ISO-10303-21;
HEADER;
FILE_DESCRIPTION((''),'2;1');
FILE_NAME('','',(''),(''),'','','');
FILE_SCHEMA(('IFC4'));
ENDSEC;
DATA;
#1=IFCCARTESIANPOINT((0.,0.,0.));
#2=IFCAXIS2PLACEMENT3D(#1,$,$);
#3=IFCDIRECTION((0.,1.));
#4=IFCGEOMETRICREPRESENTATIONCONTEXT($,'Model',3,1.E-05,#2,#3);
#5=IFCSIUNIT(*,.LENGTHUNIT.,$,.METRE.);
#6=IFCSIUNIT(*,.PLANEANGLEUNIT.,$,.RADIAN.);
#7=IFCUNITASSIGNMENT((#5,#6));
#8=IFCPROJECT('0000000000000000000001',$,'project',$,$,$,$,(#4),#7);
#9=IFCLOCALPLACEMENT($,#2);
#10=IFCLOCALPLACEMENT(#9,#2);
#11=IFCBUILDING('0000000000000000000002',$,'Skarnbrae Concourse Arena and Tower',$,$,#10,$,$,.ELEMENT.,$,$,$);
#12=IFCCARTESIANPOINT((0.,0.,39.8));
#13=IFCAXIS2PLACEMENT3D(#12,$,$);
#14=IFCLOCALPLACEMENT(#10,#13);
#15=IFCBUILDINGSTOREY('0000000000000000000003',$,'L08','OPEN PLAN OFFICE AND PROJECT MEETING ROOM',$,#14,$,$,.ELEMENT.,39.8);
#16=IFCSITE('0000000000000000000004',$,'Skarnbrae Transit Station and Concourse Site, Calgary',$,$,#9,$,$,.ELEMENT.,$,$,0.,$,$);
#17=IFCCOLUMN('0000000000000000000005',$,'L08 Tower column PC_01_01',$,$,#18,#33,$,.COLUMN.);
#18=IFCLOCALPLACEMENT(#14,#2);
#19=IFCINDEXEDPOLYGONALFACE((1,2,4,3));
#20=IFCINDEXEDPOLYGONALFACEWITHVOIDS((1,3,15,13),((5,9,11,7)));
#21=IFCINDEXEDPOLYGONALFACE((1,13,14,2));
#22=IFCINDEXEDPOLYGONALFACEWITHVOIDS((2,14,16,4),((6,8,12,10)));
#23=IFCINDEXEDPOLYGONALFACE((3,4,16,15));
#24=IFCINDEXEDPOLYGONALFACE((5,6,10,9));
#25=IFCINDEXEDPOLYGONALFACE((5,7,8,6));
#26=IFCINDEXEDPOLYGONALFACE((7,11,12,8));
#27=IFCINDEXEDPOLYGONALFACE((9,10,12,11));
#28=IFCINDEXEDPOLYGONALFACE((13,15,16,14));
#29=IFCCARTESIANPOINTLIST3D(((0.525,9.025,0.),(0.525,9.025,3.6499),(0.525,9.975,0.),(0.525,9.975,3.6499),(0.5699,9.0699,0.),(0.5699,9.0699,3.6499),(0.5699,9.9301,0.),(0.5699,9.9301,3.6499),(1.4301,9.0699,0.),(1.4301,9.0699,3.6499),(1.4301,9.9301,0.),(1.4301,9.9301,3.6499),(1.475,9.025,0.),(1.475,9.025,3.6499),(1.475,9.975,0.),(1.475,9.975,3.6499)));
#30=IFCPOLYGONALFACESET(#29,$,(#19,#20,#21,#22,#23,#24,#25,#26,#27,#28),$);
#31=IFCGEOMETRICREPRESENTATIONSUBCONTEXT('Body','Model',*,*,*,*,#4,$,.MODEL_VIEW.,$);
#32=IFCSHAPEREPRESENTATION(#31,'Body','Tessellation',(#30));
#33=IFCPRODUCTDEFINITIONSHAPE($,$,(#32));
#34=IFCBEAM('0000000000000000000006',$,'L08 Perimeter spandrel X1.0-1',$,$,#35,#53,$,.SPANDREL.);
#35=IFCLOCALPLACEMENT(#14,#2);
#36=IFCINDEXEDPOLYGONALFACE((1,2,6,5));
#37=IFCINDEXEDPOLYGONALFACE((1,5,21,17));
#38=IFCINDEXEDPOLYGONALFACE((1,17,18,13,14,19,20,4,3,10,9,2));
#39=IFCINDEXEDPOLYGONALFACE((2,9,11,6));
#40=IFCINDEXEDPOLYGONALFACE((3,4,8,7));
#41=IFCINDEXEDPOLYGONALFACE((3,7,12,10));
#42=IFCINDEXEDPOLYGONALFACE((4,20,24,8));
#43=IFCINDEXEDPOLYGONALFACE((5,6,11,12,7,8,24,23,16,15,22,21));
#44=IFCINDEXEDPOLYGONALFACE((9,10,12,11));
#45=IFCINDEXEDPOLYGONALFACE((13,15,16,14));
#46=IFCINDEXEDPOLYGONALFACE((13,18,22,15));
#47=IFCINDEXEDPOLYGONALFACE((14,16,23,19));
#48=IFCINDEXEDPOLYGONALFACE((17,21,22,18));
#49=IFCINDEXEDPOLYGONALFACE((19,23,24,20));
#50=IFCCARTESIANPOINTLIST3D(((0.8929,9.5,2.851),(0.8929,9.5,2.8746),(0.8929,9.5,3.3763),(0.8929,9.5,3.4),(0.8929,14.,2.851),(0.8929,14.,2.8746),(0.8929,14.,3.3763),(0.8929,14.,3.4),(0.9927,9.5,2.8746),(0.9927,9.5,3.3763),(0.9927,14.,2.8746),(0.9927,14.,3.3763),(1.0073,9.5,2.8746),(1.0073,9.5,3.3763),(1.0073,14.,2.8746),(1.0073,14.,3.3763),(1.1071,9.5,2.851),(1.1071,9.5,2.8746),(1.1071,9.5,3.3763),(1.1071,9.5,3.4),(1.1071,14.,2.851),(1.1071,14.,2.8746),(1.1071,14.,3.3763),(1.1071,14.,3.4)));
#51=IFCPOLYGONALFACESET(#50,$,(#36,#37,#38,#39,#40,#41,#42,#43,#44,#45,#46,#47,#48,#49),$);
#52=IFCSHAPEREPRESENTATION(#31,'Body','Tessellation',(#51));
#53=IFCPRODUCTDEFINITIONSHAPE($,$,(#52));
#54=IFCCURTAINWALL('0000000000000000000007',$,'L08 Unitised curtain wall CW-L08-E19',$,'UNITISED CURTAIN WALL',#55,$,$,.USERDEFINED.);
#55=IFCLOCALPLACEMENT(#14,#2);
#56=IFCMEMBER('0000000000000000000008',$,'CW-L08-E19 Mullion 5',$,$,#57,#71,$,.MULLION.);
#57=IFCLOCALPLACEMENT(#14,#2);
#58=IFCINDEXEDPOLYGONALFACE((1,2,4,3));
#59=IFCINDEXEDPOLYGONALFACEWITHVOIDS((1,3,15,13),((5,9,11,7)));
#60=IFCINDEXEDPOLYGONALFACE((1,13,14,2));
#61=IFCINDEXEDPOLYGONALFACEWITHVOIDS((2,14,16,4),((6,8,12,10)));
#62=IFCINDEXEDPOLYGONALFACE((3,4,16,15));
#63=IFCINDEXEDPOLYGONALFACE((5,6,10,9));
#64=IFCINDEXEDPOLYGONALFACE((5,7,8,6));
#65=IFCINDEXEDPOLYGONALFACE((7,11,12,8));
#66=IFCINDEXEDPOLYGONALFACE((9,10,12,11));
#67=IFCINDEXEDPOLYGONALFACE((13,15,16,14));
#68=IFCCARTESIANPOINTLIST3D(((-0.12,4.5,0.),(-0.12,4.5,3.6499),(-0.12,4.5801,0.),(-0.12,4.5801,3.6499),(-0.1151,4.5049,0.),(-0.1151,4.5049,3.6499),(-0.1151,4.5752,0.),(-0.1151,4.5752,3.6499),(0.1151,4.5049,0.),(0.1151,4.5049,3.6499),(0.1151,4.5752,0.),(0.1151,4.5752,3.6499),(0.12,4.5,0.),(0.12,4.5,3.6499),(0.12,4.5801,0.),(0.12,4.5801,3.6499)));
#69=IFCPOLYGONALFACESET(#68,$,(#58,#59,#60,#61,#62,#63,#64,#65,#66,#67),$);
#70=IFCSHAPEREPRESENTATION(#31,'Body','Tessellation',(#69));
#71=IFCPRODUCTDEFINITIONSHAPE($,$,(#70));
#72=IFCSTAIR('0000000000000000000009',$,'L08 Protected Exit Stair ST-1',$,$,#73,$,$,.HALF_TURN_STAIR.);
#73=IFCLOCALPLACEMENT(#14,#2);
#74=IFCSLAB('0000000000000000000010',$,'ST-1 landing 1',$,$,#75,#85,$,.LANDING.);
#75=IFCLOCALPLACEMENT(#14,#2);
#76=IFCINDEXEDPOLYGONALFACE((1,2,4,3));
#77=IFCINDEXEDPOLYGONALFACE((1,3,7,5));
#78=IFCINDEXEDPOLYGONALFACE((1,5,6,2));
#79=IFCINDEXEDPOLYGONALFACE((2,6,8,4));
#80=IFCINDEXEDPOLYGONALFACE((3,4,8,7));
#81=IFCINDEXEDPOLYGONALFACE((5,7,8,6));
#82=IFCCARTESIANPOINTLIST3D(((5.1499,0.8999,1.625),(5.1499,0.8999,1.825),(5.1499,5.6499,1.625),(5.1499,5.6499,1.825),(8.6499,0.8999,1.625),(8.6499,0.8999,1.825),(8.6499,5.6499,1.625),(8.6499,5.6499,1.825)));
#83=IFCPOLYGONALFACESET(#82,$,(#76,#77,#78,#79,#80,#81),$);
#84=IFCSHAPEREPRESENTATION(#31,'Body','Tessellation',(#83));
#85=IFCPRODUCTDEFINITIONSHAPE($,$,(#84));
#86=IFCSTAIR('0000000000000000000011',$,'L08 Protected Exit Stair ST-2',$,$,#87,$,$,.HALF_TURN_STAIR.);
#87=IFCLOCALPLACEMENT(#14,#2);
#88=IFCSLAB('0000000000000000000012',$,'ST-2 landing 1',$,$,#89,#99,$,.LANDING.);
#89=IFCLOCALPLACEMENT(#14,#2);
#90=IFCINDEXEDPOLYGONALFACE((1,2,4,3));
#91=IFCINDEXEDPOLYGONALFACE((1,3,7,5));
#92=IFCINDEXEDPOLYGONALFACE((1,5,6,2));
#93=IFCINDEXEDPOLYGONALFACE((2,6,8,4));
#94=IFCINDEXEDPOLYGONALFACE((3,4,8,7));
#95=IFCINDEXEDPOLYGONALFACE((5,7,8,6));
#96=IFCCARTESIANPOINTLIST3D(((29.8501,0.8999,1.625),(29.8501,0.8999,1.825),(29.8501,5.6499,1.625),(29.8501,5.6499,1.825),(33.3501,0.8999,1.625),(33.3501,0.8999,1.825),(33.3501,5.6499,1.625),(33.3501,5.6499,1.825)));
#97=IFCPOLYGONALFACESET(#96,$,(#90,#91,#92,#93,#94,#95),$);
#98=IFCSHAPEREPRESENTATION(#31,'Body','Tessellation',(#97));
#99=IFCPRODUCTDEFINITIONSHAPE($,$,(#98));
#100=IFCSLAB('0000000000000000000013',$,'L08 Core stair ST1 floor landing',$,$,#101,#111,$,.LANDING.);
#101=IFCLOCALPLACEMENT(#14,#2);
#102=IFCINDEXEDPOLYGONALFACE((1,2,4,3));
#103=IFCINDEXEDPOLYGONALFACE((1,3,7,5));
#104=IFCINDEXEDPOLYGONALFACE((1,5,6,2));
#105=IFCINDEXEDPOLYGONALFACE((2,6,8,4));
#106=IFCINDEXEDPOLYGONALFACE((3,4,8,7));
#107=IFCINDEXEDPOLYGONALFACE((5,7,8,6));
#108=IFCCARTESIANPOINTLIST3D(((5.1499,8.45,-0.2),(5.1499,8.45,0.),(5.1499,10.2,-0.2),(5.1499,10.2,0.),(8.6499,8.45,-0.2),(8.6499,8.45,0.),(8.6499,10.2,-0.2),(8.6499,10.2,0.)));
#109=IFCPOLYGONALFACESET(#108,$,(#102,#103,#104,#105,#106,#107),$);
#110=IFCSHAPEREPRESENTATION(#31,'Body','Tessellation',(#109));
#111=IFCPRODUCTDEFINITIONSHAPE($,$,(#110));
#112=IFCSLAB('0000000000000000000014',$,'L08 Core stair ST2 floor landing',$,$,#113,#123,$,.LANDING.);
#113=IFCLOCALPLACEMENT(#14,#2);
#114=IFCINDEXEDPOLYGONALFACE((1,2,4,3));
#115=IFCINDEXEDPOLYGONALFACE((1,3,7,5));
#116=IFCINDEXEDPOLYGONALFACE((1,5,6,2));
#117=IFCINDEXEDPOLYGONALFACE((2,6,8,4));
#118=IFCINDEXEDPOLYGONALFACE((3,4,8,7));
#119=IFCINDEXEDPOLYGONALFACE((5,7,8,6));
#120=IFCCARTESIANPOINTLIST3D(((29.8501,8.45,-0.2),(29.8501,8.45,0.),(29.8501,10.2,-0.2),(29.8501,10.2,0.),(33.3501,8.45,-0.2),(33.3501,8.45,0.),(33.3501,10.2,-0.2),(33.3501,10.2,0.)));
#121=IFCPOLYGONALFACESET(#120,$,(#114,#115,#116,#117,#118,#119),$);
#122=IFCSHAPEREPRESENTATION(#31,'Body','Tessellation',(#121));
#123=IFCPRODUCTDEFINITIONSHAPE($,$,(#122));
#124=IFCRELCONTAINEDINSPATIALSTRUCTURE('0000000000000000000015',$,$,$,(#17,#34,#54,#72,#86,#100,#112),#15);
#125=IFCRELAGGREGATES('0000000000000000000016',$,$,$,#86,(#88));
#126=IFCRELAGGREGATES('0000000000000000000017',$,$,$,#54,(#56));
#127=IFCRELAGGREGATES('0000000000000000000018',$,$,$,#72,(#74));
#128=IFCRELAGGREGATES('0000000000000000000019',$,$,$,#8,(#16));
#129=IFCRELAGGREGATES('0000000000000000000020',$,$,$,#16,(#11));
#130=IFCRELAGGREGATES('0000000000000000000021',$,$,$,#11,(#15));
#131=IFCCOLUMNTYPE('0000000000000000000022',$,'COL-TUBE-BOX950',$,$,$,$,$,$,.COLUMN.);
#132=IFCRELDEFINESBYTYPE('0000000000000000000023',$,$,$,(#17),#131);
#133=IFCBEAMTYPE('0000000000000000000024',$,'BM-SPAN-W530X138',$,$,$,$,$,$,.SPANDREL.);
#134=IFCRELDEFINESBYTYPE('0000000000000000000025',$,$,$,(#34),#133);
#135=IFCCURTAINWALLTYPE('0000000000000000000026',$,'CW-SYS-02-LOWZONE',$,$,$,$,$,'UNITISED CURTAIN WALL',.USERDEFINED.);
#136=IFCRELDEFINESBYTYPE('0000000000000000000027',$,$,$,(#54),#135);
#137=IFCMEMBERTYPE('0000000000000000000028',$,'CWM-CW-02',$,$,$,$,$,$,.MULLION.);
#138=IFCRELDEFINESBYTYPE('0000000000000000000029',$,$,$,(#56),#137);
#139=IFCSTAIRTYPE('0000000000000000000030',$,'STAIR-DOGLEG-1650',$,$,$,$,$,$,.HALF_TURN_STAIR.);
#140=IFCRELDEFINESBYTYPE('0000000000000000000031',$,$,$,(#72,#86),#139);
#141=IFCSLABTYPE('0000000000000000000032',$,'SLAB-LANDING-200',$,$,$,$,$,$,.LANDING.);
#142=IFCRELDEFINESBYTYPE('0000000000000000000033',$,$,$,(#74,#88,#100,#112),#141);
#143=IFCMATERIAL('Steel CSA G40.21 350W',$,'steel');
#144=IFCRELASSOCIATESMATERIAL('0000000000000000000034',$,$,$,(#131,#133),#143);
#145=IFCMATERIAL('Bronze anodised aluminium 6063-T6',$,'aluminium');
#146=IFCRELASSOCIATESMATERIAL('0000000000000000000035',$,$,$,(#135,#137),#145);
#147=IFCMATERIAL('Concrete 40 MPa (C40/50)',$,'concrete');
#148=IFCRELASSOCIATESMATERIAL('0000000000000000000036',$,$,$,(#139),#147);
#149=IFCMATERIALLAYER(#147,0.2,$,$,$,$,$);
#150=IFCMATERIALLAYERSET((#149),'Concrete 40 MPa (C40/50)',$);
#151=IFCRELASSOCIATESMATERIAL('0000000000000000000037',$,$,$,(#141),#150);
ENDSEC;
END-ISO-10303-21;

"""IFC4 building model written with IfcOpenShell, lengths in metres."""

from ifc_helpers import new_model, si_unit, direction, frame, origin, origin_2d, place, context, subcontext, project, spatial, polyline, hollow_rectangle, i_section, outline, extrude, source, transform, mapped, material, layer, layer_set, material_profile, profile_set, type_object, element, aggregate, save


model = new_model("IFC4")

# Units and contexts
model_context = context("Model", 3, precision=1e-05, world=origin(), true_north=direction((0.0, 1.0)))
body_context = subcontext(model_context, "Body", "Model", "MODEL_VIEW")
ifc_project = project(units=[si_unit("LENGTHUNIT", "METRE"), si_unit("PLANEANGLEUNIT", "RADIAN")], contexts=[model_context])

# Site, building, storey
site_placement = place(None, origin())
site = spatial("IfcSite", under=ifc_project, at=site_placement, Name="Skarnbrae Transit Station and Concourse Site, Calgary", CompositionType="ELEMENT", RefElevation=0.0)
building_placement = place(site_placement, origin())
building = spatial("IfcBuilding", under=site, at=building_placement, Name="Skarnbrae Concourse Arena and Tower", CompositionType="ELEMENT")
storey_placement = place(building_placement, frame((0.0, 0.0, 39.8)))
storey = spatial("IfcBuildingStorey", under=building, at=storey_placement, Name="L08", Description="OPEN PLAN OFFICE AND PROJECT MEETING ROOM", CompositionType="ELEMENT", Elevation=39.8)

# Column
ifc_material_1 = material(Name="Steel CSA G40.21 350W", Category="steel")
ifc_material_profile_1 = material_profile(ifc_material_1, hollow_rectangle(XDim=0.95, YDim=0.95, WallThickness=0.0449, at=origin_2d()), Name="BOX950X950X45")
ifc_profile_set_1 = profile_set([ifc_material_profile_1], Name="Steel CSA G40.21 350W")
column_type = type_object("IfcColumnType", Name="COL-TUBE-BOX950", PredefinedType="COLUMN", material=ifc_profile_set_1)
shared_shape_1 = source(origin(), body_context, "Body", "SweptSolid", [
    extrude(hollow_rectangle(XDim=0.95, YDim=0.95, WallThickness=0.0449, at=origin_2d()), origin(), (0.0, 0.0, 1.0), 3.6499),
])
column_placement = place(storey_placement, frame((1.0, 9.5, 0.0), z_axis=(0.0, 0.0, 1.0), x_axis=(1.0, 0.0, 0.0)))
element("IfcColumn", 1, at=column_placement, inside=storey, type_object=column_type, Name="L08 Tower column PC_01_01", PredefinedType="COLUMN", context=body_context, shape_type="MappedRepresentation", body=[
    mapped(shared_shape_1, transform((0.0, 0.0, 0.0))),
])

# Beam
ifc_material_profile_2 = material_profile(ifc_material_1, i_section(OverallWidth=0.2141, OverallDepth=0.5491, WebThickness=0.0146, FlangeThickness=0.0237, at=origin_2d()), Name="W530X138")
ifc_profile_set_2 = profile_set([ifc_material_profile_2], Name="Steel CSA G40.21 350W")
beam_type = type_object("IfcBeamType", Name="BM-SPAN-W530X138", PredefinedType="SPANDREL", material=ifc_profile_set_2)
shared_shape_2 = source(origin(), body_context, "Body", "SweptSolid", [
    extrude(i_section(OverallWidth=0.2141, OverallDepth=0.5491, WebThickness=0.0146, FlangeThickness=0.0237, at=origin_2d()), origin(), (0.0, 0.0, 1.0), 4.5),
])
beam_placement = place(storey_placement, frame((1.0, 9.5, 3.1255), z_axis=(0.0, 1.0, 0.0), x_axis=(-1.0, 0.0, 0.0)))
element("IfcBeam", 2, at=beam_placement, inside=storey, type_object=beam_type, Name="L08 Perimeter spandrel X1.0-1", PredefinedType="SPANDREL", context=body_context, shape_type="MappedRepresentation", body=[
    mapped(shared_shape_2, transform((0.0, 0.0, 0.0))),
])

# Curtain wall, member
ifc_material_2 = material(Name="Bronze anodised aluminium 6063-T6", Category="aluminium")
curtain_wall_type = type_object("IfcCurtainWallType", Name="CW-SYS-02-LOWZONE", ElementType="UNITISED CURTAIN WALL", PredefinedType="USERDEFINED", material=ifc_material_2)
curtain_wall_placement = place(storey_placement, origin())
curtain_wall = element("IfcCurtainWall", 3, at=curtain_wall_placement, inside=storey, type_object=curtain_wall_type, Name="L08 Unitised curtain wall CW-L08-E19", ObjectType="UNITISED CURTAIN WALL", PredefinedType="USERDEFINED")
ifc_material_profile_3 = material_profile(ifc_material_2, hollow_rectangle(XDim=0.0801, YDim=0.24, WallThickness=0.0049, at=origin_2d()), Name="ALU-MULL-80X240")
ifc_profile_set_3 = profile_set([ifc_material_profile_3], Name="Bronze anodised aluminium 6063-T6")
member_type = type_object("IfcMemberType", Name="CWM-CW-02", PredefinedType="MULLION", material=ifc_profile_set_3)
shared_shape_3 = source(origin(), body_context, "Body", "SweptSolid", [
    extrude(hollow_rectangle(XDim=0.0801, YDim=0.24, WallThickness=0.0049, at=origin_2d()), origin(), (0.0, 0.0, 1.0), 3.6499),
])
member_placement = place(storey_placement, frame((0.0, 4.54, 0.0), z_axis=(0.0, 0.0, 1.0), x_axis=(0.0, -1.0, 0.0)))
member = element("IfcMember", 4, at=member_placement, type_object=member_type, Name="CW-L08-E19 Mullion 5", PredefinedType="MULLION", context=body_context, shape_type="MappedRepresentation", body=[
    mapped(shared_shape_3, transform((0.0, 0.0, 0.0))),
])

# Stairs, slabs
ifc_material_3 = material(Name="Concrete 40 MPa (C40/50)", Category="concrete")
stair_type = type_object("IfcStairType", Name="STAIR-DOGLEG-1650", PredefinedType="HALF_TURN_STAIR", material=ifc_material_3)
stair_1_placement = place(storey_placement, origin())
stair_1 = element("IfcStair", 5, at=stair_1_placement, inside=storey, type_object=stair_type, Name="L08 Protected Exit Stair ST-1", PredefinedType="HALF_TURN_STAIR")
ifc_layer_1 = layer(ifc_material_3, 0.2)
ifc_layer_set_1 = layer_set([ifc_layer_1], Name="Concrete 40 MPa (C40/50)")
slab_type_1 = type_object("IfcSlabType", Name="SLAB-LANDING-200", PredefinedType="LANDING", material=ifc_layer_set_1)
slab_1_placement = place(storey_placement, frame((0.0, 0.0, 1.625)))
slab_1 = element("IfcSlab", 6, at=slab_1_placement, type_object=slab_type_1, Name="ST-1 landing 1", PredefinedType="LANDING", context=body_context, shape_type="SweptSolid", body=[
    extrude(outline(polyline([(5.1499, 5.6499), (5.1499, 0.8999), (8.6499, 0.8999), (8.6499, 5.6499), (5.1499, 5.6499)])), origin(), (0.0, 0.0, 1.0), 0.2),
])
stair_2_placement = place(storey_placement, origin())
stair_2 = element("IfcStair", 7, at=stair_2_placement, inside=storey, type_object=stair_type, Name="L08 Protected Exit Stair ST-2", PredefinedType="HALF_TURN_STAIR")
slab_2_placement = place(storey_placement, frame((0.0, 0.0, 1.625)))
slab_2 = element("IfcSlab", 8, at=slab_2_placement, type_object=slab_type_1, Name="ST-2 landing 1", PredefinedType="LANDING", context=body_context, shape_type="SweptSolid", body=[
    extrude(outline(polyline([(29.8501, 5.6499), (29.8501, 0.8999), (33.3501, 0.8999), (33.3501, 5.6499), (29.8501, 5.6499)])), origin(), (0.0, 0.0, 1.0), 0.2),
])
aggregate(stair_2, [slab_2])

# Slabs
slab_3_placement = place(storey_placement, frame((0.0, 0.0, -0.2)))
element("IfcSlab", 9, at=slab_3_placement, inside=storey, type_object=slab_type_1, Name="L08 Core stair ST1 floor landing", PredefinedType="LANDING", context=body_context, shape_type="SweptSolid", body=[
    extrude(outline(polyline([(5.1499, 10.2), (5.1499, 8.45), (8.6499, 8.45), (8.6499, 10.2), (5.1499, 10.2)])), origin(), (0.0, 0.0, 1.0), 0.2),
])
slab_4_placement = place(storey_placement, frame((0.0, 0.0, -0.2)))
element("IfcSlab", 10, at=slab_4_placement, inside=storey, type_object=slab_type_1, Name="L08 Core stair ST2 floor landing", PredefinedType="LANDING", context=body_context, shape_type="SweptSolid", body=[
    extrude(outline(polyline([(29.8501, 10.2), (29.8501, 8.45), (33.3501, 8.45), (33.3501, 10.2), (29.8501, 10.2)])), origin(), (0.0, 0.0, 1.0), 0.2),
])

aggregate(curtain_wall, [member])

aggregate(stair_1, [slab_1])

save(model, "model.ifc")
